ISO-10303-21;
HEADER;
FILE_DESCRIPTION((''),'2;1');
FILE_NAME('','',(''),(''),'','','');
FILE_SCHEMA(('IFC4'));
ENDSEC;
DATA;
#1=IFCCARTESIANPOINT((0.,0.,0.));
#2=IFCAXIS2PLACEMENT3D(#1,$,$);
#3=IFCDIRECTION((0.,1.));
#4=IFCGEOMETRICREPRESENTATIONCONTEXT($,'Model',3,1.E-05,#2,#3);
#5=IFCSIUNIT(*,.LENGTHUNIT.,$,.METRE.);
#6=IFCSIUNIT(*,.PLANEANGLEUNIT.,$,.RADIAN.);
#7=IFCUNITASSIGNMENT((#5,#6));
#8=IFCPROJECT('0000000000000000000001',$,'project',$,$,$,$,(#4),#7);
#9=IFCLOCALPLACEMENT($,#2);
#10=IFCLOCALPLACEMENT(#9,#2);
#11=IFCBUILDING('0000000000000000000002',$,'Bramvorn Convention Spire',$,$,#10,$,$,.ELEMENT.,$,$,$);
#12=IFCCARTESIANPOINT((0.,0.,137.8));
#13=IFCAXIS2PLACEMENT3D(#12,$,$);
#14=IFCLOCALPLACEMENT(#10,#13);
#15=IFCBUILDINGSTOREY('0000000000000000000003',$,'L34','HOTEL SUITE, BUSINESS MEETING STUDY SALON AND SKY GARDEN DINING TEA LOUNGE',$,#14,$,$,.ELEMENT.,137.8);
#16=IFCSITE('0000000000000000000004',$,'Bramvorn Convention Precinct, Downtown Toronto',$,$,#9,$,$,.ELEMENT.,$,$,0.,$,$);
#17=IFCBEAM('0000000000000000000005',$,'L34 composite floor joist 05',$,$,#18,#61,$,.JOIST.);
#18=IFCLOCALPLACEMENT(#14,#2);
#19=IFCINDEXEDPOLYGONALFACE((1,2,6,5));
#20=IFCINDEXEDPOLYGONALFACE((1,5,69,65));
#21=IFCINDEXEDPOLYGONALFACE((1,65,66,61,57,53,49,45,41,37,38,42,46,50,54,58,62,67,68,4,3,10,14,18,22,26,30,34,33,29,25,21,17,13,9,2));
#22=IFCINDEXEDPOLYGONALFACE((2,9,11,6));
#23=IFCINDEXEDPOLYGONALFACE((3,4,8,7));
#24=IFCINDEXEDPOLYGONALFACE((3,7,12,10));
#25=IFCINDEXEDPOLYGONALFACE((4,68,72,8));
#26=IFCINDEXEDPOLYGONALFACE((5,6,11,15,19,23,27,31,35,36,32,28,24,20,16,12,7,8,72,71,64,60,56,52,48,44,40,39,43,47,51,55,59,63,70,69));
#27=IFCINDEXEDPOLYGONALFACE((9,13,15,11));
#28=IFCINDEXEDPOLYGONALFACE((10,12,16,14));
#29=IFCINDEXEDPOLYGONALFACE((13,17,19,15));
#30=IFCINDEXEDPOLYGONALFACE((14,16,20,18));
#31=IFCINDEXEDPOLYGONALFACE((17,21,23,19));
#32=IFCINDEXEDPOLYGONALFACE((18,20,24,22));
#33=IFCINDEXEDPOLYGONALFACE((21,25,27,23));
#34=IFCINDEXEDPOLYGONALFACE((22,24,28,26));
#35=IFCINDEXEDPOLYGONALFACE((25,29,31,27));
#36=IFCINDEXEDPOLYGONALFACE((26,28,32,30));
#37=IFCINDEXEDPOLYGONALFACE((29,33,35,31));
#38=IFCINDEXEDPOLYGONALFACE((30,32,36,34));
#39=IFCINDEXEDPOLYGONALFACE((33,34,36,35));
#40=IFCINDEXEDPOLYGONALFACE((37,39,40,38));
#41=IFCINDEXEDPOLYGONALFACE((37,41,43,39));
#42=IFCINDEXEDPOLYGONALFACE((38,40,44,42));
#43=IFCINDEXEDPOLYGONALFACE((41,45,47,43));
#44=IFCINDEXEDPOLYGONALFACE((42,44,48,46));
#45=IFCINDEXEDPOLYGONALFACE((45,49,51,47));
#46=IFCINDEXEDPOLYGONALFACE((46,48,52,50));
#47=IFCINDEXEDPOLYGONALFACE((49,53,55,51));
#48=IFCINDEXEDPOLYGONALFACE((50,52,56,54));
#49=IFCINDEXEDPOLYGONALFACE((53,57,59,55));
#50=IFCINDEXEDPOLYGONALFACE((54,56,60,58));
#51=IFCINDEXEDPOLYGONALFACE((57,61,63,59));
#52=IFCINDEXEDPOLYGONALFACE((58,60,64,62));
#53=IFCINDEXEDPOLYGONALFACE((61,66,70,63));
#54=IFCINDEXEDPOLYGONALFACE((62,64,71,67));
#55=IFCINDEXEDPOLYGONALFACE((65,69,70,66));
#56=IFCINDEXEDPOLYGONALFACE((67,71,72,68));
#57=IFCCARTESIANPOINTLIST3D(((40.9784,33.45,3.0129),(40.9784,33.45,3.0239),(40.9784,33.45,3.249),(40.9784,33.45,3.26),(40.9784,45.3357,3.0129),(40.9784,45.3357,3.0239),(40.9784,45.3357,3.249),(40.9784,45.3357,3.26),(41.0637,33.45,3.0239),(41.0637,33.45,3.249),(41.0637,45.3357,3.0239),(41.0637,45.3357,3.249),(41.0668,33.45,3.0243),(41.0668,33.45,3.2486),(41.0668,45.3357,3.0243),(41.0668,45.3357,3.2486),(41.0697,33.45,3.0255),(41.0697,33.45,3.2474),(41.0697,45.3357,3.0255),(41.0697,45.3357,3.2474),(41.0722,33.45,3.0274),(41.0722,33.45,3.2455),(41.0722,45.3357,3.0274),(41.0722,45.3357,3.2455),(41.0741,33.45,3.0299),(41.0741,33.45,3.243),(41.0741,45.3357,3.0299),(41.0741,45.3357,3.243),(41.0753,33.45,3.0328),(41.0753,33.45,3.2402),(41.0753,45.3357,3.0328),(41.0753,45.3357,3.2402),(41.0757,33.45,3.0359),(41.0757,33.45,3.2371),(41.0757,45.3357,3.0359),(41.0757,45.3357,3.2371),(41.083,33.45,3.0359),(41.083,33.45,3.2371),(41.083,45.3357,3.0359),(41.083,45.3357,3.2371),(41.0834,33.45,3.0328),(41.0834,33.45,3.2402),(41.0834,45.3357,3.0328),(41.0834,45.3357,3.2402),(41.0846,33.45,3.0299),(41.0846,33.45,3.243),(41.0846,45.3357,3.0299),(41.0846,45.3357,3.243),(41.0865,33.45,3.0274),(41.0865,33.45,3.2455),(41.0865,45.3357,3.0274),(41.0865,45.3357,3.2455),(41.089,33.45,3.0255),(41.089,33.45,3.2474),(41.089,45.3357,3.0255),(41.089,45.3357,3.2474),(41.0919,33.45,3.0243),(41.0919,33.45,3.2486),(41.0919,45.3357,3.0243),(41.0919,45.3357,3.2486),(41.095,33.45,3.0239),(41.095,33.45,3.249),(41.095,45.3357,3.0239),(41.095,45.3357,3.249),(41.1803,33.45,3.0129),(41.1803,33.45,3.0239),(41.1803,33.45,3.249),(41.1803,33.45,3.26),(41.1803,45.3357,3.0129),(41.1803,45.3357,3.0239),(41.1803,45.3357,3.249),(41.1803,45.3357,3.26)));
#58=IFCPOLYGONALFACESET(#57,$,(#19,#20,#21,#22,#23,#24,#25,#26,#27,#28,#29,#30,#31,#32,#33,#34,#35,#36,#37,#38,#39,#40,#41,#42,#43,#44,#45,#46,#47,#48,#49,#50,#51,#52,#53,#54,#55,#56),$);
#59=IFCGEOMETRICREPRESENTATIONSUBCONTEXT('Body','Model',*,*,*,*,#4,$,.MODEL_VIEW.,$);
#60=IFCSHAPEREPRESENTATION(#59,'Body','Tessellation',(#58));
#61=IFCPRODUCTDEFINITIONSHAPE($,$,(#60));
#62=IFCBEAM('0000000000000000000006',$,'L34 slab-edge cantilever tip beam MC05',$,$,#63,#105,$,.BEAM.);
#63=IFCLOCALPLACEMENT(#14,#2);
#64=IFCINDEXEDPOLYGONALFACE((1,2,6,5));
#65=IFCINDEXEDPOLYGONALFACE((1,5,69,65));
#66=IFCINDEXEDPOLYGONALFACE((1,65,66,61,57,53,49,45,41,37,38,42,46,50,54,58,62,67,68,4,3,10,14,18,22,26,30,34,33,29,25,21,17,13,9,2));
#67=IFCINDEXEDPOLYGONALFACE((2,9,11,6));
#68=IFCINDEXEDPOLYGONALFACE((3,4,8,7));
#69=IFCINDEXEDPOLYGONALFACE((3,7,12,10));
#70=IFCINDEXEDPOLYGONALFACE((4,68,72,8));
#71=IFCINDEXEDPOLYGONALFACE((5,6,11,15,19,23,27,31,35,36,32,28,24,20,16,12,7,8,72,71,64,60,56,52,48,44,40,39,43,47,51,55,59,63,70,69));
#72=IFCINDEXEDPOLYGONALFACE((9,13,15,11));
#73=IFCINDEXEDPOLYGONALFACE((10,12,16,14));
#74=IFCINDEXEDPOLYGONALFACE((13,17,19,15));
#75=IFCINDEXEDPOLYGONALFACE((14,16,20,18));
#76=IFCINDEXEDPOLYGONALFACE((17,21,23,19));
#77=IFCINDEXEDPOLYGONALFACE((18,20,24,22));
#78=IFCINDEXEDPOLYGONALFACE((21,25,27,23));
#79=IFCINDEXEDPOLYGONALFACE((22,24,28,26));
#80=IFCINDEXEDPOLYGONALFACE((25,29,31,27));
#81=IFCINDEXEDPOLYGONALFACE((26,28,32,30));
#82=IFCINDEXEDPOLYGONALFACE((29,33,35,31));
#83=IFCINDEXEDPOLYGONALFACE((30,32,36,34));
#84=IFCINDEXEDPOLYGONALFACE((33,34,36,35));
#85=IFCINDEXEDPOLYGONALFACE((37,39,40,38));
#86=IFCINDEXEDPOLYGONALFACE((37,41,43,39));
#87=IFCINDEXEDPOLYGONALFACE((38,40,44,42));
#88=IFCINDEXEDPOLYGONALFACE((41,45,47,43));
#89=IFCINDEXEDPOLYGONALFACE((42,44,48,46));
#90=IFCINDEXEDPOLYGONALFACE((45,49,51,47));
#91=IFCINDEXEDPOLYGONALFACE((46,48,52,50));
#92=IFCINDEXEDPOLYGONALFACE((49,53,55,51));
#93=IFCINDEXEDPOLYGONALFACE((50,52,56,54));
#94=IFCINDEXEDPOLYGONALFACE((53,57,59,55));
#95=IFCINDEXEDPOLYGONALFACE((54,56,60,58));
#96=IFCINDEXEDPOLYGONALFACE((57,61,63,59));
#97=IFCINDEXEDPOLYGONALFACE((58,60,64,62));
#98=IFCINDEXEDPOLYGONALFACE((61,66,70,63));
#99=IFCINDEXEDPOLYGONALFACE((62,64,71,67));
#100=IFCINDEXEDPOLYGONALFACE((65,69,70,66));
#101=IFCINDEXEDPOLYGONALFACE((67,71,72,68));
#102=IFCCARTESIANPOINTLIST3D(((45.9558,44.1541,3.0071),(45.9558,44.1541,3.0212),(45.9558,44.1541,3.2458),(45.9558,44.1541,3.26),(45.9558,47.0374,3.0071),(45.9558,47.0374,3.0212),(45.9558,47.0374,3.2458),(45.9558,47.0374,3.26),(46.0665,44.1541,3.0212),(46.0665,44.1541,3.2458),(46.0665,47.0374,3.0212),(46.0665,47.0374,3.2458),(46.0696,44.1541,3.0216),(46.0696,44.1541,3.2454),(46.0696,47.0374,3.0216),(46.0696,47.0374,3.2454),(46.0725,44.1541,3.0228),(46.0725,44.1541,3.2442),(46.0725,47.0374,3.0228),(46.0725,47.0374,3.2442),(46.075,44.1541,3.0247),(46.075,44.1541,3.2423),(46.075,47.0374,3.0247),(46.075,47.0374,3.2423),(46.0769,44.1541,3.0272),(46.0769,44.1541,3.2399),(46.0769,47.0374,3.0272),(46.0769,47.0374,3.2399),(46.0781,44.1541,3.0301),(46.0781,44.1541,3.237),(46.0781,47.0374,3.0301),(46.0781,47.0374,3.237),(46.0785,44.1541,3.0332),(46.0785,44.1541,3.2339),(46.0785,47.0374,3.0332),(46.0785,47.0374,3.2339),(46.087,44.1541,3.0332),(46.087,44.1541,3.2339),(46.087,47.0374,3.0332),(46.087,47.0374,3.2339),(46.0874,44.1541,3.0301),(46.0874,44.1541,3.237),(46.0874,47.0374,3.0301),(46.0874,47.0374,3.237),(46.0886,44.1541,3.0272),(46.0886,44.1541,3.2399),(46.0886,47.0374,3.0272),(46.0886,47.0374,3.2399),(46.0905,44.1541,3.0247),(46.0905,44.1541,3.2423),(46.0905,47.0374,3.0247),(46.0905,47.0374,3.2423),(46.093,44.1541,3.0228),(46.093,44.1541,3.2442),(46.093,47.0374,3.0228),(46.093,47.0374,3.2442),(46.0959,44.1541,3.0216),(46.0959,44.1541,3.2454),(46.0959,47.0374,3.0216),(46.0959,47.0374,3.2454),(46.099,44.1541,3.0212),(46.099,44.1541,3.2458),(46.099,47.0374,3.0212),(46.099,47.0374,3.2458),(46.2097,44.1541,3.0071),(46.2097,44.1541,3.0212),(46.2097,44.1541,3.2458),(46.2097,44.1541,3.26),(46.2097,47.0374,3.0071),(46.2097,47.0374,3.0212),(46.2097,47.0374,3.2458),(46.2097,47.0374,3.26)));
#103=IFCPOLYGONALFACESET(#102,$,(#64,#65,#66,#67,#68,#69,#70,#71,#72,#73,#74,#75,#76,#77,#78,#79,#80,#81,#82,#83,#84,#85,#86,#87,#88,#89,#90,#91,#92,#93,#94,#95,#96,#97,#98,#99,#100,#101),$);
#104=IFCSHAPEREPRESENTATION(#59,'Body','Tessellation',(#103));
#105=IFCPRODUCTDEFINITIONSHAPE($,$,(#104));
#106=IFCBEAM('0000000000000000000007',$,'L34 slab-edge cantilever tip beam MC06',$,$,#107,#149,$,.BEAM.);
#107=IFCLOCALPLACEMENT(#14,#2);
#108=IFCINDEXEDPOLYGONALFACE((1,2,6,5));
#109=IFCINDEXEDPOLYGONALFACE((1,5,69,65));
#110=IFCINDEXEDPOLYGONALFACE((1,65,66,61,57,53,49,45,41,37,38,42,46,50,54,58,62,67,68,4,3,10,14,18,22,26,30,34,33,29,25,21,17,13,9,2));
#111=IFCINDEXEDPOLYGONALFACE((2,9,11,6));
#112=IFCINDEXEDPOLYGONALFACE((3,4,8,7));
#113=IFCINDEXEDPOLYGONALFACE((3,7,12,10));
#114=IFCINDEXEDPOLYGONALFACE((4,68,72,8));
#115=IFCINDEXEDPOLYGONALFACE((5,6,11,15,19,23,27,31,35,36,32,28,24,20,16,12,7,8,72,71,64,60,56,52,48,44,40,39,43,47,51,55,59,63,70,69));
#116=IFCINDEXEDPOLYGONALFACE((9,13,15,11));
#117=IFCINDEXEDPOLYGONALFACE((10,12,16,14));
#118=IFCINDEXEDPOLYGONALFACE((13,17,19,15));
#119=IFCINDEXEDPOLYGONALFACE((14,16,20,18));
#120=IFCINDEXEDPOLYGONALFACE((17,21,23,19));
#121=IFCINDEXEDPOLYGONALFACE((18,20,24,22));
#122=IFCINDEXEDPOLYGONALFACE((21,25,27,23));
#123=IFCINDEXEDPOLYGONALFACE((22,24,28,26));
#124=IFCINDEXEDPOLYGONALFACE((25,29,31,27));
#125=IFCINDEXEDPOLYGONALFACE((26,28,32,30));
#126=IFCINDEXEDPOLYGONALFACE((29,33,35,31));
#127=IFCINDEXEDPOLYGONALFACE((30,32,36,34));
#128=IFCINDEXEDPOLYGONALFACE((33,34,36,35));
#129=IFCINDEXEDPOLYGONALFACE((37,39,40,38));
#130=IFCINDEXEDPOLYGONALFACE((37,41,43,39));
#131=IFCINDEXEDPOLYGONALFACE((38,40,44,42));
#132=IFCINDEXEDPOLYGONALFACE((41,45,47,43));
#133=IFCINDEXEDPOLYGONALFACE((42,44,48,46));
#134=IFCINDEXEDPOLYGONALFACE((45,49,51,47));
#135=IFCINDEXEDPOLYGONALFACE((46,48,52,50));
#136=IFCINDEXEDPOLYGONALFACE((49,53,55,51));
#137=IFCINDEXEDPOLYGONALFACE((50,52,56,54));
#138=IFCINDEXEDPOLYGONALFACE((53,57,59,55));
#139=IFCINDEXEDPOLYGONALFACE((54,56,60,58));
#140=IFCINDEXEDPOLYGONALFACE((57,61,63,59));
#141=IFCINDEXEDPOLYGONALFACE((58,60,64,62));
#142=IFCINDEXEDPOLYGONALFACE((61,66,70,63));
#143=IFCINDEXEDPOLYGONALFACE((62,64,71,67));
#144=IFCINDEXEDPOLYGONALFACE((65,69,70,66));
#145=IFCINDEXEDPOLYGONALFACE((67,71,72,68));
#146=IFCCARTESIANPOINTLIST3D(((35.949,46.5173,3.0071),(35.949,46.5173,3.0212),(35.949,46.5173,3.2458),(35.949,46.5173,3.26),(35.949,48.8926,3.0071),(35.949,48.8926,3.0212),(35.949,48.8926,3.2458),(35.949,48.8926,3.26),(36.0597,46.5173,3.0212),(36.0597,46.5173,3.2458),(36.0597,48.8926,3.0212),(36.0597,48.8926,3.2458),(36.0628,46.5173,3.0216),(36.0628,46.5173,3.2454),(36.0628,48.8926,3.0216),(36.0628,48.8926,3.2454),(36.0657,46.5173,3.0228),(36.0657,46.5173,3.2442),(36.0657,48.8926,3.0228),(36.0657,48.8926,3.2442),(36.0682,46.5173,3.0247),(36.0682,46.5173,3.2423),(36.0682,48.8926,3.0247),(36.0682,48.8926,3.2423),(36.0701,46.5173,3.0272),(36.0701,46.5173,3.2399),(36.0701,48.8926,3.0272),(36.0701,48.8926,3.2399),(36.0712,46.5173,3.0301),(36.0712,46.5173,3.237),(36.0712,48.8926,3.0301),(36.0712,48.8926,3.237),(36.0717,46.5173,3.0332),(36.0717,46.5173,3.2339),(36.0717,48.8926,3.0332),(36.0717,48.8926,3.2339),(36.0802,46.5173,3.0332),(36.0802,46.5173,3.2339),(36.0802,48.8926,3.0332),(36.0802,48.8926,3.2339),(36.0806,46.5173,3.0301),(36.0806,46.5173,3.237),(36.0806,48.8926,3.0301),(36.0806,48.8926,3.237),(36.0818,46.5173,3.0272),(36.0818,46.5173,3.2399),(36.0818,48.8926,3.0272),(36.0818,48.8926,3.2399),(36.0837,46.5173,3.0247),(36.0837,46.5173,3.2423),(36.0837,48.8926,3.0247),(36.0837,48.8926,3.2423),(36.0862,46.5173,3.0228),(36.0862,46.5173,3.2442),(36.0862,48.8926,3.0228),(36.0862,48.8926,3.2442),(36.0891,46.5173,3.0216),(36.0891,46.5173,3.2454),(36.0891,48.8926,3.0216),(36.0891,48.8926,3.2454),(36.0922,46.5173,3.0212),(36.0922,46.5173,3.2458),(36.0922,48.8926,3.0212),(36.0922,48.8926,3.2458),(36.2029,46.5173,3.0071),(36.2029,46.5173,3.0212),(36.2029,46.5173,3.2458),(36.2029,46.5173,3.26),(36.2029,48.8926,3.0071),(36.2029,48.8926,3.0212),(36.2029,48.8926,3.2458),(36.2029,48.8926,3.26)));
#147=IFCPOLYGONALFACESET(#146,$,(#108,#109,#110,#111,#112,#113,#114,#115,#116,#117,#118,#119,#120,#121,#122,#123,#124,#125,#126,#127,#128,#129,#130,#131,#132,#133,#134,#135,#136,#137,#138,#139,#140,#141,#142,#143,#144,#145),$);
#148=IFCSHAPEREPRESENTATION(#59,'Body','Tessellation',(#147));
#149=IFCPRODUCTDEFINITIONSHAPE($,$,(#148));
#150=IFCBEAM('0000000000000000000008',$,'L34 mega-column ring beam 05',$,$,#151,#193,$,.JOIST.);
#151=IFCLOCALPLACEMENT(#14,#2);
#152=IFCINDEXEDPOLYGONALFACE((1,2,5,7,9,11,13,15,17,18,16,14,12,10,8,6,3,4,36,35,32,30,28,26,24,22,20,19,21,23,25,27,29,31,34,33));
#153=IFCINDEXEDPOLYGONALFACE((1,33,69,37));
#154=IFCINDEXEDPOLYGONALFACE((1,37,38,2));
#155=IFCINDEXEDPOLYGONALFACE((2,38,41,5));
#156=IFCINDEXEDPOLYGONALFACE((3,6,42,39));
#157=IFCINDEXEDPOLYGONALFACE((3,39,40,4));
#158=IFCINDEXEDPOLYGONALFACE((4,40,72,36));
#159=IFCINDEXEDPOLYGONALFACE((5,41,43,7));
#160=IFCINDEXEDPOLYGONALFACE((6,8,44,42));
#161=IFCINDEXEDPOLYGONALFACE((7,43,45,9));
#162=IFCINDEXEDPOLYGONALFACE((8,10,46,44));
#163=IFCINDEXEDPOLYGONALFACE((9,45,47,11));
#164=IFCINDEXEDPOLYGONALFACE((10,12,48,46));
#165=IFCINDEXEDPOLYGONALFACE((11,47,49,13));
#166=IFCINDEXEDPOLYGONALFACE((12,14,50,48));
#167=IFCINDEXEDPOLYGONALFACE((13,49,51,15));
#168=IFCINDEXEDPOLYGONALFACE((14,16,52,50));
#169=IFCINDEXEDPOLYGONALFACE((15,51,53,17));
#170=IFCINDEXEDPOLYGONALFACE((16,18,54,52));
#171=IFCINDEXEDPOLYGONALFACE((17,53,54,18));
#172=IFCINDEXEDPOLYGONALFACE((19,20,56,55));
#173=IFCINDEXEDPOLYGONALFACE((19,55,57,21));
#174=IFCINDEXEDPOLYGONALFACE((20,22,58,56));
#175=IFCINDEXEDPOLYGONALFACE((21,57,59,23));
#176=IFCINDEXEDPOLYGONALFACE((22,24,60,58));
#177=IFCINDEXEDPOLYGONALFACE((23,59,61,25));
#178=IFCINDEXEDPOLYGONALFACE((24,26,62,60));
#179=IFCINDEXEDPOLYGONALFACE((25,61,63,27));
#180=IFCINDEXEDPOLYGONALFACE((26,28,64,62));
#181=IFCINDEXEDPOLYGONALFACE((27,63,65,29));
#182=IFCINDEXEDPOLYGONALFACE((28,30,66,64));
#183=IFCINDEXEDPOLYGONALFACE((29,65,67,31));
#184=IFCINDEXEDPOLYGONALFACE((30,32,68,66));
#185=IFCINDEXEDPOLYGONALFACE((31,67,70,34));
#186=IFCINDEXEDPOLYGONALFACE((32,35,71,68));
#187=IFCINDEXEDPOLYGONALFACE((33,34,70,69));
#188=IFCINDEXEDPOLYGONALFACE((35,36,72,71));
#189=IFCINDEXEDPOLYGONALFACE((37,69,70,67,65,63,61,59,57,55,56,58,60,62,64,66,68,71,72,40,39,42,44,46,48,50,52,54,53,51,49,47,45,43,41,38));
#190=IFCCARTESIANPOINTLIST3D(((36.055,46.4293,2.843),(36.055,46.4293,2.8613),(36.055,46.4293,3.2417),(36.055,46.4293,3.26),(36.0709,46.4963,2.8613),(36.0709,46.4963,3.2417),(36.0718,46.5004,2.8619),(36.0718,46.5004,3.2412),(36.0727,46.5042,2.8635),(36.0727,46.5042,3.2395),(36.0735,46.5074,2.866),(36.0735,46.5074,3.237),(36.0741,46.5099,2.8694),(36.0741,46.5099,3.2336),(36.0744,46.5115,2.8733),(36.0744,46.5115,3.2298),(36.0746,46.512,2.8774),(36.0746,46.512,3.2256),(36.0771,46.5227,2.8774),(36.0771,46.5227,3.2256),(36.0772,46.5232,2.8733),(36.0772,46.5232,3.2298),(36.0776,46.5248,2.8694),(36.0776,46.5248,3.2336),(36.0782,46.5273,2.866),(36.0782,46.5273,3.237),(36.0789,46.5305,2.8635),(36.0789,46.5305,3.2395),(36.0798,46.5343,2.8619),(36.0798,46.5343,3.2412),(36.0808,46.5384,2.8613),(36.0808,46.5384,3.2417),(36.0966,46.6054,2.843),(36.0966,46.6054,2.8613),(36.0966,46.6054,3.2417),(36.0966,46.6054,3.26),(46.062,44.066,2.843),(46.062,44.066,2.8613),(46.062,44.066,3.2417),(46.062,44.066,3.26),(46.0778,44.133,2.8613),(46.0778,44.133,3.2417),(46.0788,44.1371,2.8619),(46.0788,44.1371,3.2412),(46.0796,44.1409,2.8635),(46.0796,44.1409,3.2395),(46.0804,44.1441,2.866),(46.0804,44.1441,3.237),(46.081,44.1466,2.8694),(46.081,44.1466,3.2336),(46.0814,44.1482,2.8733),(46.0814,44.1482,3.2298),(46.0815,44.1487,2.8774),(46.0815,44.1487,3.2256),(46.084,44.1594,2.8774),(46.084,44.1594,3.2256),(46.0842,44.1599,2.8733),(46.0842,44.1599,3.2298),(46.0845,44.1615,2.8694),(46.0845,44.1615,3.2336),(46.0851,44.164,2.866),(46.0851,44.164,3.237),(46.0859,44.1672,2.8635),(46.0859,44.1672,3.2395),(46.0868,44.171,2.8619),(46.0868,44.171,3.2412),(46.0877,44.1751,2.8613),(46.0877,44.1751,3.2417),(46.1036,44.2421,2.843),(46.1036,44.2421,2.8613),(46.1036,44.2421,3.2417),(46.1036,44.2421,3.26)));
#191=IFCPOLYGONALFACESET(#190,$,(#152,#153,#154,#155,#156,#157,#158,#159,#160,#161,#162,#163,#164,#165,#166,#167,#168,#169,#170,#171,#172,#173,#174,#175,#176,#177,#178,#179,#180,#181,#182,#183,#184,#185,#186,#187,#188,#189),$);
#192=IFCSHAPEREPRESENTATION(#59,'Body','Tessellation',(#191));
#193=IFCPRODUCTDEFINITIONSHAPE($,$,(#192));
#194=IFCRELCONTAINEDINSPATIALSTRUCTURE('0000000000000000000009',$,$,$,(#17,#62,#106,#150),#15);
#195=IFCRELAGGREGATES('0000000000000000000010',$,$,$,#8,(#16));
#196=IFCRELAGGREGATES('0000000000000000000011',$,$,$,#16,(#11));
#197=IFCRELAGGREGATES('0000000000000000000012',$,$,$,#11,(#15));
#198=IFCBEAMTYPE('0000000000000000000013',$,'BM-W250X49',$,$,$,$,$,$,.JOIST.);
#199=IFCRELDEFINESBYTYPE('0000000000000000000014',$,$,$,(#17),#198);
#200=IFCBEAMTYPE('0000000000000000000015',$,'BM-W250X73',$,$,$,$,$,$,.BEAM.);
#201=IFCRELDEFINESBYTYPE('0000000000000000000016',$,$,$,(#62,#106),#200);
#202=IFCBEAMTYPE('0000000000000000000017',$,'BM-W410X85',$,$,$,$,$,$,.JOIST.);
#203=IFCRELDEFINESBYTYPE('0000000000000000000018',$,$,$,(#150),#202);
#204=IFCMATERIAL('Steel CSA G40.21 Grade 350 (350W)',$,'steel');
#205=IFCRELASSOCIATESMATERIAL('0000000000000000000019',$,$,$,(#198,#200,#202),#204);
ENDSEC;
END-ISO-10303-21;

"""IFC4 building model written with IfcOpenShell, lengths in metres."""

from ifc_helpers import new_model, si_unit, direction, frame, origin, origin_2d, place, context, subcontext, project, spatial, i_section, extrude, material, material_profile, profile_set, type_object, element, save


model = new_model("IFC4")

# Units and contexts
model_context = context("Model", 3, precision=1e-05, world=origin(), true_north=direction((0.0, 1.0)))
body_context = subcontext(model_context, "Body", "Model", "MODEL_VIEW")
ifc_project = project(units=[si_unit("LENGTHUNIT", "METRE"), si_unit("PLANEANGLEUNIT", "RADIAN")], contexts=[model_context])

# Site, building, storey
site_placement = place(None, origin())
site = spatial("IfcSite", under=ifc_project, at=site_placement, Name="Bramvorn Convention Precinct, Downtown Toronto", CompositionType="ELEMENT", RefElevation=0.0)
building_placement = place(site_placement, origin())
building = spatial("IfcBuilding", under=site, at=building_placement, Name="Bramvorn Convention Spire", CompositionType="ELEMENT")
storey_placement = place(building_placement, frame((0.0, 0.0, 137.8)))
storey = spatial("IfcBuildingStorey", under=building, at=storey_placement, Name="L34", Description="HOTEL SUITE, BUSINESS MEETING STUDY SALON AND SKY GARDEN DINING TEA LOUNGE", CompositionType="ELEMENT", Elevation=137.8)

# Shared definitions
ifc_material_1 = material(Name="Steel CSA G40.21 Grade 350 (350W)", Category="steel")

# Beams
ifc_material_profile_1 = material_profile(ifc_material_1, i_section(OverallWidth=0.2019, OverallDepth=0.2471, WebThickness=0.0073, FlangeThickness=0.011, FilletRadius=0.012, at=origin_2d()))
ifc_profile_set_1 = profile_set([ifc_material_profile_1], Name="Steel CSA G40.21 Grade 350 (350W) - W250X49")
beam_type_1 = type_object("IfcBeamType", Name="BM-W250X49", PredefinedType="JOIST", material=ifc_profile_set_1)
beam_1_placement = place(storey_placement, frame((41.0793, 33.45, 3.1365), z_axis=(0.0, 1.0, 0.0), x_axis=(-1.0, 0.0, 0.0)))
element("IfcBeam", 1, at=beam_1_placement, inside=storey, type_object=beam_type_1, Name="L34 composite floor joist 05", PredefinedType="JOIST", context=body_context, shape_type="SweptSolid", body=[
    extrude(i_section(OverallWidth=0.2019, OverallDepth=0.2471, WebThickness=0.0073, FlangeThickness=0.011, FilletRadius=0.012, at=origin_2d()), origin(), (0.0, 0.0, 1.0), 11.8857),
])
ifc_material_profile_2 = material_profile(ifc_material_1, i_section(OverallWidth=0.2539, OverallDepth=0.2529, WebThickness=0.0085, FlangeThickness=0.0142, FilletRadius=0.012, at=origin_2d()))
ifc_profile_set_2 = profile_set([ifc_material_profile_2], Name="Steel CSA G40.21 Grade 350 (350W) - W250X73")
beam_type_2 = type_object("IfcBeamType", Name="BM-W250X73", PredefinedType="BEAM", material=ifc_profile_set_2)
beam_2_placement = place(storey_placement, frame((46.0828, 44.1541, 3.1335), z_axis=(0.0, 1.0, 0.0), x_axis=(-1.0, 0.0, 0.0)))
element("IfcBeam", 2, at=beam_2_placement, inside=storey, type_object=beam_type_2, Name="L34 slab-edge cantilever tip beam MC05", PredefinedType="BEAM", context=body_context, shape_type="SweptSolid", body=[
    extrude(i_section(OverallWidth=0.2539, OverallDepth=0.2529, WebThickness=0.0085, FlangeThickness=0.0142, FilletRadius=0.012, at=origin_2d()), origin(), (0.0, 0.0, 1.0), 2.8833),
])
beam_3_placement = place(storey_placement, frame((36.0759, 46.5173, 3.1335), z_axis=(0.0, 1.0, 0.0), x_axis=(-1.0, 0.0, 0.0)))
element("IfcBeam", 3, at=beam_3_placement, inside=storey, type_object=beam_type_2, Name="L34 slab-edge cantilever tip beam MC06", PredefinedType="BEAM", context=body_context, shape_type="SweptSolid", body=[
    extrude(i_section(OverallWidth=0.2539, OverallDepth=0.2529, WebThickness=0.0085, FlangeThickness=0.0142, FilletRadius=0.012, at=origin_2d()), origin(), (0.0, 0.0, 1.0), 2.3752),
])
ifc_material_profile_3 = material_profile(ifc_material_1, i_section(OverallWidth=0.1809, OverallDepth=0.417, WebThickness=0.011, FlangeThickness=0.0183, FilletRadius=0.0161, at=origin_2d()))
ifc_profile_set_3 = profile_set([ifc_material_profile_3], Name="Steel CSA G40.21 Grade 350 (350W) - W410X85")
beam_type_3 = type_object("IfcBeamType", Name="BM-W410X85", PredefinedType="JOIST", material=ifc_profile_set_3)
beam_4_placement = place(storey_placement, frame((46.0828, 44.1541, 3.0515), z_axis=(-0.973228, 0.229844, 0.0), x_axis=(-0.229844, -0.973228, 0.0)))
element("IfcBeam", 4, at=beam_4_placement, inside=storey, type_object=beam_type_3, Name="L34 mega-column ring beam 05", PredefinedType="JOIST", context=body_context, shape_type="SweptSolid", body=[
    extrude(i_section(OverallWidth=0.1809, OverallDepth=0.417, WebThickness=0.011, FlangeThickness=0.0183, FilletRadius=0.0161, at=origin_2d()), origin(), (0.0, 0.0, 1.0), 10.2822),
])

save(model, "model.ifc")
